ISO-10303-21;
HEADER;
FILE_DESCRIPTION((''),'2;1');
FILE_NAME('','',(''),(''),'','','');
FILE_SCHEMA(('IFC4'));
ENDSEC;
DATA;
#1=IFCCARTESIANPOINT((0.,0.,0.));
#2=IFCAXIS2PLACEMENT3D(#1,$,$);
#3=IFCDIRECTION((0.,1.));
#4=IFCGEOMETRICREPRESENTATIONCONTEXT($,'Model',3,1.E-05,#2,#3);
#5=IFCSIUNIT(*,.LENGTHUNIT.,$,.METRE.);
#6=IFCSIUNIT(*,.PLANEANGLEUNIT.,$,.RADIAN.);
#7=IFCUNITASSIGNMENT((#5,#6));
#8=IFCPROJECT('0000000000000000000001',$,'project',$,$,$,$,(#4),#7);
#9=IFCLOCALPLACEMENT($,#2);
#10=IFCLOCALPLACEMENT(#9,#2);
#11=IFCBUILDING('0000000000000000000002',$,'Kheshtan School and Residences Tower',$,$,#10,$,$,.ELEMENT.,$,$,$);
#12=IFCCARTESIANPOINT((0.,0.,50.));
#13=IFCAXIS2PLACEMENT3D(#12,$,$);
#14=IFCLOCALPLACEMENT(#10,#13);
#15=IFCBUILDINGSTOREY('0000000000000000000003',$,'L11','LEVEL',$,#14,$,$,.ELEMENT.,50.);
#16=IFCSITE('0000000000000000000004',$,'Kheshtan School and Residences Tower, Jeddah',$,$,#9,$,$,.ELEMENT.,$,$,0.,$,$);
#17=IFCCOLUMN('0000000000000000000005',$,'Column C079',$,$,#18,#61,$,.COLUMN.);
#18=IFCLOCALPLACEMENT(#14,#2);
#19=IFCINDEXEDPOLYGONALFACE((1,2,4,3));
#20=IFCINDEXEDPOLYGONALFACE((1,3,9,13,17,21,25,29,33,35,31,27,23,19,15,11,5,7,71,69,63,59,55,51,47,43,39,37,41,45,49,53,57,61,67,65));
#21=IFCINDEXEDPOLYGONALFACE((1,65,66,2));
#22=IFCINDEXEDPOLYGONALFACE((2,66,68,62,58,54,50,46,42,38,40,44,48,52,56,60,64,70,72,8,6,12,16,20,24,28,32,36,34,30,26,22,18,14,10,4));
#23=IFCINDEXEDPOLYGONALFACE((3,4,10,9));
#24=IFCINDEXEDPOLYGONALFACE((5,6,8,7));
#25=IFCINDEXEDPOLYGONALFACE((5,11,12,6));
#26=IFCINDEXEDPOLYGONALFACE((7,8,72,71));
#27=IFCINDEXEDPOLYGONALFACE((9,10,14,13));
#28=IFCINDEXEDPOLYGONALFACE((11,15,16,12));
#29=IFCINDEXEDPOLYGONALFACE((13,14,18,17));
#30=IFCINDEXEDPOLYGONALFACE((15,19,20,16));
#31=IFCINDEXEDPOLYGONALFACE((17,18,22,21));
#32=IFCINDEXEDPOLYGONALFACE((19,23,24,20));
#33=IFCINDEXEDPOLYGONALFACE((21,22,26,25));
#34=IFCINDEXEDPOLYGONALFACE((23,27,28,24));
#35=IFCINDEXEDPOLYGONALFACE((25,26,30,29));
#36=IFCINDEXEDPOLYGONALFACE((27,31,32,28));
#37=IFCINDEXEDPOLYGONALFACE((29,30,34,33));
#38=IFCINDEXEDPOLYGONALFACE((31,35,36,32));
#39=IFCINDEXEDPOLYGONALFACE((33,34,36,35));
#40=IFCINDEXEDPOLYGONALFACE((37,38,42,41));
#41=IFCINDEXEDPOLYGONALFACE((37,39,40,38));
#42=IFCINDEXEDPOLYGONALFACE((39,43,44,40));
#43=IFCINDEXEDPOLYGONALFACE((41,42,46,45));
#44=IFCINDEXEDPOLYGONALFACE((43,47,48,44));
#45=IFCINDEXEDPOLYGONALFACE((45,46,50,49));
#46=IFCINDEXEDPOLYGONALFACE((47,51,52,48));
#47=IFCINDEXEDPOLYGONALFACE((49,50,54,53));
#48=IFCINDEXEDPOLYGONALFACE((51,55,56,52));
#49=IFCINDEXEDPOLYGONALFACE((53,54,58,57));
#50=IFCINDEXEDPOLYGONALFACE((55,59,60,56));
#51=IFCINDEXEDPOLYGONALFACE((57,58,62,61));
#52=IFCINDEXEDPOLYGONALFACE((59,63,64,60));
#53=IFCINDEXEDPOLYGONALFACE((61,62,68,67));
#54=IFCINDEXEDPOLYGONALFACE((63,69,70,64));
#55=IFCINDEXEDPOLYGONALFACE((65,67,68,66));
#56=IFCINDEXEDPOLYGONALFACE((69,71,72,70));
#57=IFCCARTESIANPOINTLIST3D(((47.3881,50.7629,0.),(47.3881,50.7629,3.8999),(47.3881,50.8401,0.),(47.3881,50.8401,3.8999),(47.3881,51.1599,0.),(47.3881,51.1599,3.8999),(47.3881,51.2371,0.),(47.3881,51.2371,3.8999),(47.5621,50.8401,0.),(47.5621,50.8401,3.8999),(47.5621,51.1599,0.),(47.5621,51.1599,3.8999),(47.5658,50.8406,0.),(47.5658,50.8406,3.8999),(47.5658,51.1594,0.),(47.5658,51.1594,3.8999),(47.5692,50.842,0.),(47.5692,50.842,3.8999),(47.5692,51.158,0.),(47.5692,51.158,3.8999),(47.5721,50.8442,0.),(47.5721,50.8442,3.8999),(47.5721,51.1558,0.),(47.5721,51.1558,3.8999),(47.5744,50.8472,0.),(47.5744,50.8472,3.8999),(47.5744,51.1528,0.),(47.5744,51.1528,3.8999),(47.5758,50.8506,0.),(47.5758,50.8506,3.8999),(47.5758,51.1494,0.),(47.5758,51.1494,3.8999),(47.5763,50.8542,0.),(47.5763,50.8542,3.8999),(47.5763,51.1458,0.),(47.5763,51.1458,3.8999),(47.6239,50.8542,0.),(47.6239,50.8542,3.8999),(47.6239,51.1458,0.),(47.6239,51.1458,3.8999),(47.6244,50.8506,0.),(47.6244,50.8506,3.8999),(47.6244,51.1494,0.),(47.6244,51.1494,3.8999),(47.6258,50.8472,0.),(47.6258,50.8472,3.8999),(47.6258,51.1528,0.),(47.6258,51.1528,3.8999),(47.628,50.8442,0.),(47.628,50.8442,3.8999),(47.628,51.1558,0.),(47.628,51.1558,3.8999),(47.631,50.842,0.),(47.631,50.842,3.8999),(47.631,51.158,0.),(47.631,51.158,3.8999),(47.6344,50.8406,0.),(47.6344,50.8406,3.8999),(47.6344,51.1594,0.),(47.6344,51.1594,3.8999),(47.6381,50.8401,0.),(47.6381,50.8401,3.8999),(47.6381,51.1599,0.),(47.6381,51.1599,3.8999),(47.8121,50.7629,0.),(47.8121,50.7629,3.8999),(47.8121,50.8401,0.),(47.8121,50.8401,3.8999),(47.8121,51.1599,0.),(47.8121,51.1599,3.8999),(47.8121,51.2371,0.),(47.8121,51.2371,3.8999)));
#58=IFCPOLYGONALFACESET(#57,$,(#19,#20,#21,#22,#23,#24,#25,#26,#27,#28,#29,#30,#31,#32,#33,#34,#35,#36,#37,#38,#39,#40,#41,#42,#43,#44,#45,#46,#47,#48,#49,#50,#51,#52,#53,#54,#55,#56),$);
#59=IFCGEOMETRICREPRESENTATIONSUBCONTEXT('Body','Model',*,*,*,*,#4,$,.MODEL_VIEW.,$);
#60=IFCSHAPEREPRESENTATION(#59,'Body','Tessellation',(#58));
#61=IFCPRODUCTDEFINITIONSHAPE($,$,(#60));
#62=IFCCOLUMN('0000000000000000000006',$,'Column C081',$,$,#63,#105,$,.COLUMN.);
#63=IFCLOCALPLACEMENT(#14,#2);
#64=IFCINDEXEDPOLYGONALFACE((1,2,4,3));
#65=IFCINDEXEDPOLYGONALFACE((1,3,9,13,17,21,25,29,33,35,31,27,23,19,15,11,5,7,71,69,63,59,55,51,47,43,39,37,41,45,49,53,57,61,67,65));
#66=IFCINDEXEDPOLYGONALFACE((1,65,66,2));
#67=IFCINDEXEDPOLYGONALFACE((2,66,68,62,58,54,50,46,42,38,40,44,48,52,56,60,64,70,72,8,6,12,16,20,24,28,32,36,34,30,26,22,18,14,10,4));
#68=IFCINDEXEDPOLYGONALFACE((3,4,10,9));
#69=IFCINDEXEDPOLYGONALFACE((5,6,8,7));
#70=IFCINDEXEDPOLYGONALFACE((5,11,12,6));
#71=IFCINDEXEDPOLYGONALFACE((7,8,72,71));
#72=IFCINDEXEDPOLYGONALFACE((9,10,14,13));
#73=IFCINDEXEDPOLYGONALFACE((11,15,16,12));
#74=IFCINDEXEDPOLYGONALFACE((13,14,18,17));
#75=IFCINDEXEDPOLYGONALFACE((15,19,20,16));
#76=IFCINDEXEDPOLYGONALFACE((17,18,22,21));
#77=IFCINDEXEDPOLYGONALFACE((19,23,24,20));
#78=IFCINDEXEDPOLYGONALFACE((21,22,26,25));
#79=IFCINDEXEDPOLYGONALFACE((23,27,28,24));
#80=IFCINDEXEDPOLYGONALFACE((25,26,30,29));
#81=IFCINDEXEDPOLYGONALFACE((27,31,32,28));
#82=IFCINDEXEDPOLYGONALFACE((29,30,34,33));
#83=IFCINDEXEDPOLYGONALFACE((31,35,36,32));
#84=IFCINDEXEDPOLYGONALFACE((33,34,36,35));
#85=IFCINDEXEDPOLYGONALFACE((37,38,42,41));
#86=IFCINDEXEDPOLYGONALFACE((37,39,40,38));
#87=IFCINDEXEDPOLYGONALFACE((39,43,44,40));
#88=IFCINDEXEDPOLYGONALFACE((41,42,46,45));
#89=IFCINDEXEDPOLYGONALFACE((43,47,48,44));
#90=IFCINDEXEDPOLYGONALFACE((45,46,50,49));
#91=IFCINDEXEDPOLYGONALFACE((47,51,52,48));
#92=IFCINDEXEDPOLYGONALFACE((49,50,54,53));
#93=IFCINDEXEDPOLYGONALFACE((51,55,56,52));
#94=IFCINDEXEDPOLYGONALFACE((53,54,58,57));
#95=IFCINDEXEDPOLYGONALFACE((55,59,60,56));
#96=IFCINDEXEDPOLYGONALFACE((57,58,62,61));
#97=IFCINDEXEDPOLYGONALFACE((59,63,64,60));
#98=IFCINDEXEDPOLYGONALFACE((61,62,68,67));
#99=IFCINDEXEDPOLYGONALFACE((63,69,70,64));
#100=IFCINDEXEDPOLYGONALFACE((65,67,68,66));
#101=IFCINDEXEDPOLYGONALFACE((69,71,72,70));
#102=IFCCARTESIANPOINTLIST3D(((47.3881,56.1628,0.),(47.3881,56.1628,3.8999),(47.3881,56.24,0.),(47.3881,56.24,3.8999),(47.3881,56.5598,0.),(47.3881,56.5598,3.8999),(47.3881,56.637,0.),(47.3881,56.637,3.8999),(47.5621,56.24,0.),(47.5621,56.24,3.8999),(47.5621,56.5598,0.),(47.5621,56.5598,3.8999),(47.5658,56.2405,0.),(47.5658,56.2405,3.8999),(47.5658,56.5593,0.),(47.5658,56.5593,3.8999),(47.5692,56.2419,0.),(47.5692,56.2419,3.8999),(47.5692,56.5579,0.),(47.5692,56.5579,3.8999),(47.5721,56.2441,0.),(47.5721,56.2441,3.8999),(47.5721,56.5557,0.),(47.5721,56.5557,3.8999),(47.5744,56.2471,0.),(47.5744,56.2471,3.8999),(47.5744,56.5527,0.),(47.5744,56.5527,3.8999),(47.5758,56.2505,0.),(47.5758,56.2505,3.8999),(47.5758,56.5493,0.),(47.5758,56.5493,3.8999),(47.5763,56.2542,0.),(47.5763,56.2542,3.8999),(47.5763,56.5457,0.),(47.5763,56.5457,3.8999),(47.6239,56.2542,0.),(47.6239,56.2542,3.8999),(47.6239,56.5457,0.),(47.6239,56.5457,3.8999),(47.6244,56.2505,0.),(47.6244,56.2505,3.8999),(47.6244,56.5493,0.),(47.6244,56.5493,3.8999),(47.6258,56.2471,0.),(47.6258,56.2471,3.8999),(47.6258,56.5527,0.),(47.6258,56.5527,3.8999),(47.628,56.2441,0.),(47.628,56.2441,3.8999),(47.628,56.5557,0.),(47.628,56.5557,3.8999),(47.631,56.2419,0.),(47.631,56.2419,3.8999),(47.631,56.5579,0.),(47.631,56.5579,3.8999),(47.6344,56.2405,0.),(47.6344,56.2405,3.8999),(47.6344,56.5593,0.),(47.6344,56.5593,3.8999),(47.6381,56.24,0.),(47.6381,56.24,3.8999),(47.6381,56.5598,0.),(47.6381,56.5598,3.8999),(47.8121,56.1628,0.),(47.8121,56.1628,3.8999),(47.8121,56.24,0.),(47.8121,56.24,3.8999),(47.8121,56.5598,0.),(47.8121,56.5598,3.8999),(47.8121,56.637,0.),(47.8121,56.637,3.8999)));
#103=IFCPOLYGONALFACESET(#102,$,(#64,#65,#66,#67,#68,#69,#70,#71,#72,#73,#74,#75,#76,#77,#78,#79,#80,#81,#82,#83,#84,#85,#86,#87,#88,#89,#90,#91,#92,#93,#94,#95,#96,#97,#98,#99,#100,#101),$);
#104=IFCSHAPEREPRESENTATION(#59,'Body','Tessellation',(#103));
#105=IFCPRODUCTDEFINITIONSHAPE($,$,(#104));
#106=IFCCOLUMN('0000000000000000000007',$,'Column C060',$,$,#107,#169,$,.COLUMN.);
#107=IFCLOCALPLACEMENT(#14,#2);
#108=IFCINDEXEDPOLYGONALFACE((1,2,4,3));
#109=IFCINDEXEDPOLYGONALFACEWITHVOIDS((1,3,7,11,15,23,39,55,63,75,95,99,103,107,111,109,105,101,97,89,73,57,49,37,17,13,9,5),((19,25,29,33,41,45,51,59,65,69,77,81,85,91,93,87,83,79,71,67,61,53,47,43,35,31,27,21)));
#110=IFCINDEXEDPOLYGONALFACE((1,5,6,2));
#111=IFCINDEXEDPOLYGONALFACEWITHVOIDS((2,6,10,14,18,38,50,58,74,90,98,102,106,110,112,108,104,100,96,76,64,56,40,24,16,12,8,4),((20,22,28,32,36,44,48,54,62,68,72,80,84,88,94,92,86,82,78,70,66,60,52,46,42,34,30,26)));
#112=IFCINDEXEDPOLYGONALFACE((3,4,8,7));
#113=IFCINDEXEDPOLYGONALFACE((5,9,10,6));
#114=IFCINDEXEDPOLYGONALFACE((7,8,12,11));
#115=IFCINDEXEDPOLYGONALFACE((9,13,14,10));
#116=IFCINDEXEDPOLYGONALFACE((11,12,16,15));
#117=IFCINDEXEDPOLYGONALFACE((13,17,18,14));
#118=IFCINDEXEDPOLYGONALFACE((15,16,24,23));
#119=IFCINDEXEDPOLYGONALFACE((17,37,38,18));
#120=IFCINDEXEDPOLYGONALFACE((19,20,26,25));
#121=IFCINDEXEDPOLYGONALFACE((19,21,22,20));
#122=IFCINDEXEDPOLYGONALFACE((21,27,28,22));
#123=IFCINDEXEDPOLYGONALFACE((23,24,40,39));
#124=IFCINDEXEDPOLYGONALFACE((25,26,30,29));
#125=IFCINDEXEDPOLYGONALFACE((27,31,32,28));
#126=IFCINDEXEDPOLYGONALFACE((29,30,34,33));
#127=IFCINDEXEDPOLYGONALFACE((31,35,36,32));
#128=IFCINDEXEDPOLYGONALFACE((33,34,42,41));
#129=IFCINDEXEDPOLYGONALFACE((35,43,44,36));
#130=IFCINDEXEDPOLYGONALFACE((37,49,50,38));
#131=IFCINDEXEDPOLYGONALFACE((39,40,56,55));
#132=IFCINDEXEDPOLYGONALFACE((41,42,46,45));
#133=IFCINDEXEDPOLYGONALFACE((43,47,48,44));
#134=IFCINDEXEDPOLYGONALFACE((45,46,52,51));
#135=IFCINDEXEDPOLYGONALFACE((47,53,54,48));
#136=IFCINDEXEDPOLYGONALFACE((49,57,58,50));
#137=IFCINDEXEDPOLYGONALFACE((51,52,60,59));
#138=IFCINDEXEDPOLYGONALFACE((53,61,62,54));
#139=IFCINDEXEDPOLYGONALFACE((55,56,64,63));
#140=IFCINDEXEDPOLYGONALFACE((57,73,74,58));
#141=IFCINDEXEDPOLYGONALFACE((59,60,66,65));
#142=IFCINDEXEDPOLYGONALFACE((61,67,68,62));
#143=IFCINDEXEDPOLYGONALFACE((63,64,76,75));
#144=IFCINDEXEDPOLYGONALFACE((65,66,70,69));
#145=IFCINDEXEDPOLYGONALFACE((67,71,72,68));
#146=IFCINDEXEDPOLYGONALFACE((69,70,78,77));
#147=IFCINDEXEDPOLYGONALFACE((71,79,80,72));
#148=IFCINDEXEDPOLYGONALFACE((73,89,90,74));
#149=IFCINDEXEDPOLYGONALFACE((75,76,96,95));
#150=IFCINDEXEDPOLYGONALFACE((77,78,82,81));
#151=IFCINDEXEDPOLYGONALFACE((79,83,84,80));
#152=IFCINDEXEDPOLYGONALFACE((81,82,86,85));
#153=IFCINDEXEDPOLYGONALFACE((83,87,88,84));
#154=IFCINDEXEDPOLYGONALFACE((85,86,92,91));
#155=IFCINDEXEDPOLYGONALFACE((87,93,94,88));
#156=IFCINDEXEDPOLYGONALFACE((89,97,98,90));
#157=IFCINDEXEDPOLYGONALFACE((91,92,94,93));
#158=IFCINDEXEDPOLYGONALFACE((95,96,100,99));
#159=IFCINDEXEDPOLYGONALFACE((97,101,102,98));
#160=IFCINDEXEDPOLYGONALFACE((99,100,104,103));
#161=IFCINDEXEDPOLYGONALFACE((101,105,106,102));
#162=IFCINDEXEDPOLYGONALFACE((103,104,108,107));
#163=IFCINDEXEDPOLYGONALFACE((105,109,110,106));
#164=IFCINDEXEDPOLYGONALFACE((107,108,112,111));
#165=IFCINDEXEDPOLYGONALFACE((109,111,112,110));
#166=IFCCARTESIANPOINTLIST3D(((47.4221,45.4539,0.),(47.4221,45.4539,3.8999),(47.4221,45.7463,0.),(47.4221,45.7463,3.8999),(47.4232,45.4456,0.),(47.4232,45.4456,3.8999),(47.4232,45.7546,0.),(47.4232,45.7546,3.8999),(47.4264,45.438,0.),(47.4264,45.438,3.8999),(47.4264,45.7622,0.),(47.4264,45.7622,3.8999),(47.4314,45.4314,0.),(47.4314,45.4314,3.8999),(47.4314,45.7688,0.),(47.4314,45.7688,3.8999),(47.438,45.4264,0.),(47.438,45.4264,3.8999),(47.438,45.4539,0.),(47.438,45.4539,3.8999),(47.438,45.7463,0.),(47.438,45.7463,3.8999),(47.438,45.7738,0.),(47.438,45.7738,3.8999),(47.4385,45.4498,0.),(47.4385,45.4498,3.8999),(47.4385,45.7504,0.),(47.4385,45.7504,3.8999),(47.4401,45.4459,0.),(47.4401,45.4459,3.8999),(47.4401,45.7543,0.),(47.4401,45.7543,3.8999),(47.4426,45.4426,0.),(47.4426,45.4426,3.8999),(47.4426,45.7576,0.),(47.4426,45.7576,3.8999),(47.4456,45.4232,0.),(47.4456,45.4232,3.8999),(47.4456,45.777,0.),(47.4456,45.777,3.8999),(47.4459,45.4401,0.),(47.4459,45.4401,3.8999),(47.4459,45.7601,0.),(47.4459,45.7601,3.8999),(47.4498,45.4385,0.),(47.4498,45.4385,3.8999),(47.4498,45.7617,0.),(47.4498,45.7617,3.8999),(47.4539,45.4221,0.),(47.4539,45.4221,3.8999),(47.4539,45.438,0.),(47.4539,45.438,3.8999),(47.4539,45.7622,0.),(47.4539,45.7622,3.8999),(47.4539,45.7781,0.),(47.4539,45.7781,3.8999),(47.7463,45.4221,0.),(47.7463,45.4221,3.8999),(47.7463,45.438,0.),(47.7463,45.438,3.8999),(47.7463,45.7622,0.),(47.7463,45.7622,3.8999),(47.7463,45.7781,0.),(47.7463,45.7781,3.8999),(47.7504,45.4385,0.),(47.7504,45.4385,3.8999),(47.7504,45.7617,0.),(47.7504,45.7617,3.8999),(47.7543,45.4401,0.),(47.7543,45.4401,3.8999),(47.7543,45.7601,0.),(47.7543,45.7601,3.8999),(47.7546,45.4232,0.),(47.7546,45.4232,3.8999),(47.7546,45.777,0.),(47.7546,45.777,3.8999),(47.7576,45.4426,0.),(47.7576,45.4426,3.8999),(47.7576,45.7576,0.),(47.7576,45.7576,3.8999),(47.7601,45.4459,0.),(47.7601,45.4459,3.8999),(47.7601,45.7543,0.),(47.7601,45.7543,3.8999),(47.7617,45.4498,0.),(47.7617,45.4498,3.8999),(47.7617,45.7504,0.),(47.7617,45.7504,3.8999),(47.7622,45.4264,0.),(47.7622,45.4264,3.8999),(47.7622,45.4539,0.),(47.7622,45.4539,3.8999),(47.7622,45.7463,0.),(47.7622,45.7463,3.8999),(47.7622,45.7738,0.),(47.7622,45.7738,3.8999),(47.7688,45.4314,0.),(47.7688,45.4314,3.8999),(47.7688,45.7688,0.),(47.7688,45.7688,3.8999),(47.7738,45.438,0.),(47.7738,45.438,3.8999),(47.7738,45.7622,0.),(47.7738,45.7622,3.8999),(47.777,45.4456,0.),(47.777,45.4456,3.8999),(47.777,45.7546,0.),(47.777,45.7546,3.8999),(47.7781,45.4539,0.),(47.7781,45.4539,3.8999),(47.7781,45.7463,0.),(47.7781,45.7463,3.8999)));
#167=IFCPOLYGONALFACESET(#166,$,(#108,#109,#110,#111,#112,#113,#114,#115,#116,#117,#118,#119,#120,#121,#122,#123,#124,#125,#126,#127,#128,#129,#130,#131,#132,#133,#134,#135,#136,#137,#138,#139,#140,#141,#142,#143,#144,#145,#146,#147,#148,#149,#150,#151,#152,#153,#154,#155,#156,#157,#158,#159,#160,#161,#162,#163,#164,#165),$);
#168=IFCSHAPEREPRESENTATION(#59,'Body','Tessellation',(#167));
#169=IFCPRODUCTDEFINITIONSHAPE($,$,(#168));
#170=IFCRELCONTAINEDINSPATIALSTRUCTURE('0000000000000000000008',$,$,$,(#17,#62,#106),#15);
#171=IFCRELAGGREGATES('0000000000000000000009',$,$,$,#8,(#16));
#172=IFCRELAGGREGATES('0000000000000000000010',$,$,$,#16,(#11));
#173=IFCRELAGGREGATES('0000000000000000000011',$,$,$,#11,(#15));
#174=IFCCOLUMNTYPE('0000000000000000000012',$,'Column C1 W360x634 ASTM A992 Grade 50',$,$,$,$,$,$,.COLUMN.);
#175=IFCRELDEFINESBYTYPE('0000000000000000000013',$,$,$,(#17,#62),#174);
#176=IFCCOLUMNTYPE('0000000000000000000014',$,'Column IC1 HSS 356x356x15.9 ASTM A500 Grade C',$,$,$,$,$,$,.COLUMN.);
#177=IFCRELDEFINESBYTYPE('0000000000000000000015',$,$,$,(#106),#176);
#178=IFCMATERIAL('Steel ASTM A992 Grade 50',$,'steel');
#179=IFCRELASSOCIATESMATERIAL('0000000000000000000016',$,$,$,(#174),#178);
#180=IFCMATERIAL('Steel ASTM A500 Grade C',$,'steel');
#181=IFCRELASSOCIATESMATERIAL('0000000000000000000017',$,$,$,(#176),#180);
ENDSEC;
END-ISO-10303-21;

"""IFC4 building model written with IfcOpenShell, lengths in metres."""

from ifc_helpers import new_model, si_unit, direction, frame, origin, origin_2d, place, context, subcontext, project, spatial, hollow_rectangle, i_section, extrude, material, material_profile, profile_set, type_object, element, save


model = new_model("IFC4")

# Units and contexts
model_context = context("Model", 3, precision=1e-05, world=origin(), true_north=direction((0.0, 1.0)))
body_context = subcontext(model_context, "Body", "Model", "MODEL_VIEW")
ifc_project = project(units=[si_unit("LENGTHUNIT", "METRE"), si_unit("PLANEANGLEUNIT", "RADIAN")], contexts=[model_context])

# Site, building, storey
site_placement = place(None, origin())
site = spatial("IfcSite", under=ifc_project, at=site_placement, Name="Kheshtan School and Residences Tower, Jeddah", CompositionType="ELEMENT", RefElevation=0.0)
building_placement = place(site_placement, origin())
building = spatial("IfcBuilding", under=site, at=building_placement, Name="Kheshtan School and Residences Tower", CompositionType="ELEMENT")
storey_placement = place(building_placement, frame((0.0, 0.0, 50.0)))
storey = spatial("IfcBuildingStorey", under=building, at=storey_placement, Name="L11", Description="LEVEL", CompositionType="ELEMENT", Elevation=50.0)

# Columns
ifc_material_1 = material(Name="Steel ASTM A992 Grade 50", Category="steel")
ifc_material_profile_1 = material_profile(ifc_material_1, i_section(OverallWidth=0.4241, OverallDepth=0.4741, WebThickness=0.0476, FlangeThickness=0.0771, FilletRadius=0.0142, at=origin_2d()), Name="W360x634")
ifc_profile_set_1 = profile_set([ifc_material_profile_1], Name="Steel ASTM A992 Grade 50")
column_type_1 = type_object("IfcColumnType", Name="Column C1 W360x634 ASTM A992 Grade 50", PredefinedType="COLUMN", material=ifc_profile_set_1)
for number, where, z_axis, x_axis, name in (
    (1, (47.6001, 51.0, 0.0), (0.0, 0.0, 1.0), (1.0, 0.0, 0.0), "Column C079"),
    (2, (47.6001, 56.3999, 0.0), (0.0, 0.0, 1.0), (1.0, 0.0, 0.0), "Column C081"),
):
    element("IfcColumn", number, at=place(storey_placement, frame(where, z_axis=z_axis, x_axis=x_axis)), inside=storey, type_object=column_type_1, Name=name, PredefinedType="COLUMN", context=body_context, shape_type="SweptSolid", body=[
        extrude(i_section(OverallWidth=0.4241, OverallDepth=0.4741, WebThickness=0.0476, FlangeThickness=0.0771, FilletRadius=0.0142, at=origin_2d()), origin(), (0.0, 0.0, 1.0), 3.8999),
    ])
ifc_material_2 = material(Name="Steel ASTM A500 Grade C", Category="steel")
ifc_material_profile_2 = material_profile(ifc_material_2, hollow_rectangle(XDim=0.356, YDim=0.356, WallThickness=0.0159, InnerFilletRadius=0.0159, OuterFilletRadius=0.0317, at=origin_2d()), Name="HSS 356x356x15.9")
ifc_profile_set_2 = profile_set([ifc_material_profile_2], Name="Steel ASTM A500 Grade C")
column_type_2 = type_object("IfcColumnType", Name="Column IC1 HSS 356x356x15.9 ASTM A500 Grade C", PredefinedType="COLUMN", material=ifc_profile_set_2)
column_placement = place(storey_placement, frame((47.6001, 45.6001, 0.0), z_axis=(0.0, 0.0, 1.0), x_axis=(1.0, 0.0, 0.0)))
element("IfcColumn", 3, at=column_placement, inside=storey, type_object=column_type_2, Name="Column C060", PredefinedType="COLUMN", context=body_context, shape_type="SweptSolid", body=[
    extrude(hollow_rectangle(XDim=0.356, YDim=0.356, WallThickness=0.0159, InnerFilletRadius=0.0159, OuterFilletRadius=0.0317, at=origin_2d()), origin(), (0.0, 0.0, 1.0), 3.8999),
])

save(model, "model.ifc")
